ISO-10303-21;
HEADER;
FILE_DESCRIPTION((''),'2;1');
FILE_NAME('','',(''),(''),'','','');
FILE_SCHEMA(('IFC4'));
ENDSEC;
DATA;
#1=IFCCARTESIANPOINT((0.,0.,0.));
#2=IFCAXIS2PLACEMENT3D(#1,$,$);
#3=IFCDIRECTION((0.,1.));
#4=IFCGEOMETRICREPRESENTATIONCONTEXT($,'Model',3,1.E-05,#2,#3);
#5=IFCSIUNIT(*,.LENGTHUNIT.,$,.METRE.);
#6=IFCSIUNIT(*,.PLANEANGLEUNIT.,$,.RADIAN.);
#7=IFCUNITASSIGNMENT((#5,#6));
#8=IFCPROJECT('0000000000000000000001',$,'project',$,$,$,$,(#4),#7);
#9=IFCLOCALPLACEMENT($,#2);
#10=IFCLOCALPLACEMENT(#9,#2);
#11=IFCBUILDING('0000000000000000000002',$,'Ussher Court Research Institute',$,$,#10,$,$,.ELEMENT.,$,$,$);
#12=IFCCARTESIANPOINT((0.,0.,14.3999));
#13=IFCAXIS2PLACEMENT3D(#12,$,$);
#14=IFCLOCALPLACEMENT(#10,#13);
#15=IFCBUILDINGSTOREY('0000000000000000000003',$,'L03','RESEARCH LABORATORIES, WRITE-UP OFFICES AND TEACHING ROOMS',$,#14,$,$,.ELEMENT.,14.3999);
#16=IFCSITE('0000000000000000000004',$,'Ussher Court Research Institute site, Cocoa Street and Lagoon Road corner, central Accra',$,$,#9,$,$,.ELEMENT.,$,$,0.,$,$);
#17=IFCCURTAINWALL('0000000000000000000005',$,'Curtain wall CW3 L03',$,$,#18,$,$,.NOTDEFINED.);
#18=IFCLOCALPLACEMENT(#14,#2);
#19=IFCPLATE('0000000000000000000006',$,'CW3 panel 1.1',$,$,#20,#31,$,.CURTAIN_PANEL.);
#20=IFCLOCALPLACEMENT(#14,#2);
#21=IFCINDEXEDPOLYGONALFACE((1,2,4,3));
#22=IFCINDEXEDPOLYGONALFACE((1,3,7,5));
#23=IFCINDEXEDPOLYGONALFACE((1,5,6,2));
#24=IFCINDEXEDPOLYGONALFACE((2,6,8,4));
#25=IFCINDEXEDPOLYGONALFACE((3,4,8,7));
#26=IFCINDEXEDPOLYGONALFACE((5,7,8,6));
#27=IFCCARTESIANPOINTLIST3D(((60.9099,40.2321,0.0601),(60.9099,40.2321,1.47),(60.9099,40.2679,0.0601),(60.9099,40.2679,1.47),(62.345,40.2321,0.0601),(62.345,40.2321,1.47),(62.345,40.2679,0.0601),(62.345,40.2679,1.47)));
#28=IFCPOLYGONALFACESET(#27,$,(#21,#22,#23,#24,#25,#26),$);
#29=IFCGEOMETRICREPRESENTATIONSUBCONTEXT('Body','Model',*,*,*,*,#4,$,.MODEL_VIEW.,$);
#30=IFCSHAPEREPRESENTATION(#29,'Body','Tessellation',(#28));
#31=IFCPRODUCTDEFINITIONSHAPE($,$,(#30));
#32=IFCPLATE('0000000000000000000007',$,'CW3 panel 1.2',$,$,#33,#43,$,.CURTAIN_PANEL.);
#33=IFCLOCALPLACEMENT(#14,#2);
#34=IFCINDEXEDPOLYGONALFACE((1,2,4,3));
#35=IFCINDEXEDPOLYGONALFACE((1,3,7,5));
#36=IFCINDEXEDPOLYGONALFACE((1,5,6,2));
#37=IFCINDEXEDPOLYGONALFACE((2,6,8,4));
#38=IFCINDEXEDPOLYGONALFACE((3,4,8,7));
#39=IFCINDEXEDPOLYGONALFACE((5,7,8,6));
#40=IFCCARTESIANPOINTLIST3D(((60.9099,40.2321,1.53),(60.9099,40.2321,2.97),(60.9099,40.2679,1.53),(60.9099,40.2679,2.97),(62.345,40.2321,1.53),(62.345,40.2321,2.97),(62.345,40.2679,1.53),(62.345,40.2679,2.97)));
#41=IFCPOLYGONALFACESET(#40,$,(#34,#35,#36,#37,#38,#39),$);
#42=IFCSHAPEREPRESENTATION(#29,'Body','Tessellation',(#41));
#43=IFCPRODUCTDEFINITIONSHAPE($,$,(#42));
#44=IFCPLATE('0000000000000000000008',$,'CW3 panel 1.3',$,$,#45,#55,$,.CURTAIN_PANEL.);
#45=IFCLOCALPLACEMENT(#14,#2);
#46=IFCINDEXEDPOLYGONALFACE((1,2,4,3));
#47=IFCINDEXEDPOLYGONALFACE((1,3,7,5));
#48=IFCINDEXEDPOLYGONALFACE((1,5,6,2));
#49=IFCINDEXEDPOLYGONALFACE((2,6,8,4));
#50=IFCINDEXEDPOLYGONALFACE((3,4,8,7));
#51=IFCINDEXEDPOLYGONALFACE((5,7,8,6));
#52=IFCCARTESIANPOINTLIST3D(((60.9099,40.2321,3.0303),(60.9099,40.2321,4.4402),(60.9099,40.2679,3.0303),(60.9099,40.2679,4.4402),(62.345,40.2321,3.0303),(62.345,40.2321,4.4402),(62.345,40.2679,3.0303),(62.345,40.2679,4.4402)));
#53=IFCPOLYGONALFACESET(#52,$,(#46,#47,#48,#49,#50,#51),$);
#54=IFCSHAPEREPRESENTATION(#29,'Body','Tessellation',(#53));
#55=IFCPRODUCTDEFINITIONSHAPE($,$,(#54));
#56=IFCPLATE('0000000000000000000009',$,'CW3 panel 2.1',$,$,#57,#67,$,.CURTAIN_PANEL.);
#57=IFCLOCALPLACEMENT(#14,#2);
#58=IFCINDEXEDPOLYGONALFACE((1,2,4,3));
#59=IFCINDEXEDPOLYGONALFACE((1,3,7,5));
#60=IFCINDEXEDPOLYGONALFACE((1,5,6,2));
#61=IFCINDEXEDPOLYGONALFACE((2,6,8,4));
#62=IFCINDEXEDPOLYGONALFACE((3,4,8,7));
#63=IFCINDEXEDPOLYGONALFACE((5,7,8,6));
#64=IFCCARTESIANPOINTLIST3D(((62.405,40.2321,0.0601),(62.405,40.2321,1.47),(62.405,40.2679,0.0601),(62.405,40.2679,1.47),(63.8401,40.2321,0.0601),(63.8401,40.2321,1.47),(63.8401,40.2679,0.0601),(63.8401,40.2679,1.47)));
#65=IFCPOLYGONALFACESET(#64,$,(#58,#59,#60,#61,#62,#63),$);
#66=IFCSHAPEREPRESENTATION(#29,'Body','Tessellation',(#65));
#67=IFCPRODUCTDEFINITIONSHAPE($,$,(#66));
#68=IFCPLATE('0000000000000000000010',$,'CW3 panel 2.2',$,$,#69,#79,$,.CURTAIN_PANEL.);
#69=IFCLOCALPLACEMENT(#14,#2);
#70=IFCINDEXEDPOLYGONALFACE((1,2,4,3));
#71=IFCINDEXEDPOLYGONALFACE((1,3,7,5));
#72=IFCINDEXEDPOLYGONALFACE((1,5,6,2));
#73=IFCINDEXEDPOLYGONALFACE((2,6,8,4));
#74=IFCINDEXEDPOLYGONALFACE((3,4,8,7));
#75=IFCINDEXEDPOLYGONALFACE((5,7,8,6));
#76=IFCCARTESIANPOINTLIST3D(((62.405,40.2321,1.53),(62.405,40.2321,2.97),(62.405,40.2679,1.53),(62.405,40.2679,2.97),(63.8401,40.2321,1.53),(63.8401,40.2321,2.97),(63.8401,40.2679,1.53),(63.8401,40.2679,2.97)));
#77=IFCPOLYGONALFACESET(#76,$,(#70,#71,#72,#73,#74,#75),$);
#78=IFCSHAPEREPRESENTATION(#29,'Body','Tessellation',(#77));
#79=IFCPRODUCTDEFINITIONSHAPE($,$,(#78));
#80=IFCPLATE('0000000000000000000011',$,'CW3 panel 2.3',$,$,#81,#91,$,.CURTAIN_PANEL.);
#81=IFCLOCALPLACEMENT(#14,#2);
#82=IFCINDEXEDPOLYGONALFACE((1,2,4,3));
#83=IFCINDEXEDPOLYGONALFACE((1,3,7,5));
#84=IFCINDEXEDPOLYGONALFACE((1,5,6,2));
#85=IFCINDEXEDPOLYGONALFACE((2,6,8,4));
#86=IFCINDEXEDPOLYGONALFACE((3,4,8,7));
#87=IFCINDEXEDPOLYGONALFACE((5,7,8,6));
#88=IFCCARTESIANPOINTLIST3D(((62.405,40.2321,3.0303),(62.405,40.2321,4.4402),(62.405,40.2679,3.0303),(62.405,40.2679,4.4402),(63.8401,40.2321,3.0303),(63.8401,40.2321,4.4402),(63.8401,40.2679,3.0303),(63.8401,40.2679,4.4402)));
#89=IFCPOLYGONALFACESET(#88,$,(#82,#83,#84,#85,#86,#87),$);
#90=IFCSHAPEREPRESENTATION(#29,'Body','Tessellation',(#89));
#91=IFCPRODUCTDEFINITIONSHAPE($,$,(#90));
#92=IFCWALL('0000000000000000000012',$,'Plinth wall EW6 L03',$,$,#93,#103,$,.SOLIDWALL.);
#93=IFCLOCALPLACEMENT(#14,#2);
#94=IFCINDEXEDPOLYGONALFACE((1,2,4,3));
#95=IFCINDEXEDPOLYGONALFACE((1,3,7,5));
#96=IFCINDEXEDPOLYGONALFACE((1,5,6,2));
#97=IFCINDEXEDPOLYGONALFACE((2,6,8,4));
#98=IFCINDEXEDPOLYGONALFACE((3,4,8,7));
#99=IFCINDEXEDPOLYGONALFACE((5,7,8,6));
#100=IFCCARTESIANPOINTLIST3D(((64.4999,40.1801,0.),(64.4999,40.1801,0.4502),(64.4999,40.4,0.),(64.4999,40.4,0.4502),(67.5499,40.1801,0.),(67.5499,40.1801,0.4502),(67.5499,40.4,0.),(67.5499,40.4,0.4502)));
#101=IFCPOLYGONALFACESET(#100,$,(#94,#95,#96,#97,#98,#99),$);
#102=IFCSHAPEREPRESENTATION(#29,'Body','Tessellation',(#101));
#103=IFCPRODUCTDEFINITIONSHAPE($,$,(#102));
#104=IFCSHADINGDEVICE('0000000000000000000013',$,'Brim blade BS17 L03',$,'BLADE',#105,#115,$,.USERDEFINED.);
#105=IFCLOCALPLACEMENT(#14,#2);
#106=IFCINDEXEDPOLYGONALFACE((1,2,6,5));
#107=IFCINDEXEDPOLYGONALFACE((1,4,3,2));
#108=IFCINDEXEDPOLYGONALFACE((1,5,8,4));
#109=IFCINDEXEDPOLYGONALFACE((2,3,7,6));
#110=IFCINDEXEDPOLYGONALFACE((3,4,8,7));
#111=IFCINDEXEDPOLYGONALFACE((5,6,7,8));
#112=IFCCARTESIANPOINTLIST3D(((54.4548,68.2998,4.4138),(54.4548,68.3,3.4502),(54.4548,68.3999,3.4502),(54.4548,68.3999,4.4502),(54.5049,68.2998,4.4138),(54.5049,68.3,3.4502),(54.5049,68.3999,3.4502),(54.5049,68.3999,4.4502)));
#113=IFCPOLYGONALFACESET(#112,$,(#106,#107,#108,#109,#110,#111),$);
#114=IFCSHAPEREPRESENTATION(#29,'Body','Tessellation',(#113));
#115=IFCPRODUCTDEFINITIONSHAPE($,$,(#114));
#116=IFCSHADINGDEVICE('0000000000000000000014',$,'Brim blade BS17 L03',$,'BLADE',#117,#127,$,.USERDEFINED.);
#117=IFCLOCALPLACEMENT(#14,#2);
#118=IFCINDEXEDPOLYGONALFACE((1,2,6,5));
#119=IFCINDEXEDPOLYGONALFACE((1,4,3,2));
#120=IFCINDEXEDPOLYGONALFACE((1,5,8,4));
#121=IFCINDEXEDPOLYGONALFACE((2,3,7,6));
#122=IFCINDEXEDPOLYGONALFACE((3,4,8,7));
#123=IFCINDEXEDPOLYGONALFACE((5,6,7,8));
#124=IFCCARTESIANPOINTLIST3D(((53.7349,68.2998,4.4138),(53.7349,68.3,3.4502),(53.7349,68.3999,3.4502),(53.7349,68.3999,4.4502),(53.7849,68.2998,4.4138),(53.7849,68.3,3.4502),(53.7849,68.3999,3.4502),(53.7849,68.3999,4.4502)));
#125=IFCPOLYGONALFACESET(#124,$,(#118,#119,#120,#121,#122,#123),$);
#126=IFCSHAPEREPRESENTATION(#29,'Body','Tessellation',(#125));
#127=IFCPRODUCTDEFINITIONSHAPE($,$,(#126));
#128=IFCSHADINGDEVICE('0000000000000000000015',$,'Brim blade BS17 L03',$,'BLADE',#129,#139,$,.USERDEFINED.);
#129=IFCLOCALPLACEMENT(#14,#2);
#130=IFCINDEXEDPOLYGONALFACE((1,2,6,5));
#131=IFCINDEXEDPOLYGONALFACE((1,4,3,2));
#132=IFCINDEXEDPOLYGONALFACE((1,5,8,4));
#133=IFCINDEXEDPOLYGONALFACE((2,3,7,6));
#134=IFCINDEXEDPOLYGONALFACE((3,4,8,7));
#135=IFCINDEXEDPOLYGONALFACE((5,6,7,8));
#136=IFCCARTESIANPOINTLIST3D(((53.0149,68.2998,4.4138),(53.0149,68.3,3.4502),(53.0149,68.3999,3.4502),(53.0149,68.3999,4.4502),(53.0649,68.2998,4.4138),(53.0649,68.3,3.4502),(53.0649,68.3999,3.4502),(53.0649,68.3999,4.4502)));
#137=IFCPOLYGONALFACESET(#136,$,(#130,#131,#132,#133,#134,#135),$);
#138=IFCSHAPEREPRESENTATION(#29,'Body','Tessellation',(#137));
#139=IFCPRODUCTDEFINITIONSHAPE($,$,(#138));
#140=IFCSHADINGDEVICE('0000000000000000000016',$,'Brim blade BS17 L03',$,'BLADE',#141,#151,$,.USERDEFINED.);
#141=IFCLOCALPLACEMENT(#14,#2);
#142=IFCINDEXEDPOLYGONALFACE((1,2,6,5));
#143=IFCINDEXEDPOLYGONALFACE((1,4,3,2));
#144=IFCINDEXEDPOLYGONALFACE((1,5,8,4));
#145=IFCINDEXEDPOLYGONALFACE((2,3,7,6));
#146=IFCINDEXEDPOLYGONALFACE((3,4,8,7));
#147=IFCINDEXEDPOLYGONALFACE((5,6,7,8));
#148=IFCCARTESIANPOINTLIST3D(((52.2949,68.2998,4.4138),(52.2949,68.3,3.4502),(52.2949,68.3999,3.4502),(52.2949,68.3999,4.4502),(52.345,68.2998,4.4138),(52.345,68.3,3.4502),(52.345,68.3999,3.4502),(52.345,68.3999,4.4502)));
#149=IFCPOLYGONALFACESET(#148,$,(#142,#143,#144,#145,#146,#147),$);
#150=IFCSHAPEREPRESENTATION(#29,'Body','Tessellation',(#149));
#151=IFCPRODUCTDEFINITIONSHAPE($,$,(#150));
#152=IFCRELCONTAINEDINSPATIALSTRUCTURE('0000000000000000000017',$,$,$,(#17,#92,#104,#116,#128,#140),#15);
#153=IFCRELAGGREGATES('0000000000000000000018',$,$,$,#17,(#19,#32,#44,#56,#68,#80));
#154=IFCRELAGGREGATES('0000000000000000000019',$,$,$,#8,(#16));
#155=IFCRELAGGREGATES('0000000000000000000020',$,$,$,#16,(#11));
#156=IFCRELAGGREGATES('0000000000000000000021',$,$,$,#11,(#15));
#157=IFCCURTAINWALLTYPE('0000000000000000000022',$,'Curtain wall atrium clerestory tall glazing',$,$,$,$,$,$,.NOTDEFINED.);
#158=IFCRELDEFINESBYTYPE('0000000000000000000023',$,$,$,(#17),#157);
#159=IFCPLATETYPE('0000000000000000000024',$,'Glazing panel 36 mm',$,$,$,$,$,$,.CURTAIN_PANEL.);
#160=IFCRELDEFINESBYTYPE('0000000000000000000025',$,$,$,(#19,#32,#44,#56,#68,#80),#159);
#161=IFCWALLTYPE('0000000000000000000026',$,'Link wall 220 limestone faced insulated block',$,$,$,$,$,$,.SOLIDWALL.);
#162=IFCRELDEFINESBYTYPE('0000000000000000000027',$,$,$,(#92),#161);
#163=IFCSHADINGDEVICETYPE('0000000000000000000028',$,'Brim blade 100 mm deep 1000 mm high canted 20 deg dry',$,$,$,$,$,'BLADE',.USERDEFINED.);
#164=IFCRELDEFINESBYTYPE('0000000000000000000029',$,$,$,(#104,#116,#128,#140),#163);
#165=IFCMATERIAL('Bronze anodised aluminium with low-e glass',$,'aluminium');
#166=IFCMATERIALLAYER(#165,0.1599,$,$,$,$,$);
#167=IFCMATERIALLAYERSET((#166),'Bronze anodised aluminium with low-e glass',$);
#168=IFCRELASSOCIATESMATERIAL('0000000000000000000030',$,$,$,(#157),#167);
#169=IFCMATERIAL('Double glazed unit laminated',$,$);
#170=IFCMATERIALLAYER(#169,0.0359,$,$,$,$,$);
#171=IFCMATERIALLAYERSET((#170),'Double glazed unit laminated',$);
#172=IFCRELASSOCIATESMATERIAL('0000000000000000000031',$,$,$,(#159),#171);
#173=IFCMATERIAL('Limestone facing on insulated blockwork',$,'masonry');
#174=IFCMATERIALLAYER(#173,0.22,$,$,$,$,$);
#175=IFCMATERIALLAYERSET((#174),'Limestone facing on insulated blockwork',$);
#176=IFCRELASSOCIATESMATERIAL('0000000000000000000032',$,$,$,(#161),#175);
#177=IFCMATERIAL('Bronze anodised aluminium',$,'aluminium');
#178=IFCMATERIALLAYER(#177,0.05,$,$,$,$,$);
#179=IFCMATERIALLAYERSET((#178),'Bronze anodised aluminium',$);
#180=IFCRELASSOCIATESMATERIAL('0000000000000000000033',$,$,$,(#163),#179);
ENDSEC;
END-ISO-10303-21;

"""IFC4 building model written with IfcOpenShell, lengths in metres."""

from ifc_helpers import new_model, si_unit, direction, frame, frame_2d, origin, origin_2d, place, context, subcontext, project, spatial, polyline, rectangle, outline, extrude, material, layer, layer_set, type_object, element, aggregate, save


model = new_model("IFC4")

# Units and contexts
model_context = context("Model", 3, precision=1e-05, world=origin(), true_north=direction((0.0, 1.0)))
body_context = subcontext(model_context, "Body", "Model", "MODEL_VIEW")
ifc_project = project(units=[si_unit("LENGTHUNIT", "METRE"), si_unit("PLANEANGLEUNIT", "RADIAN")], contexts=[model_context])

# Site, building, storey
site_placement = place(None, origin())
site = spatial("IfcSite", under=ifc_project, at=site_placement, Name="Ussher Court Research Institute site, Cocoa Street and Lagoon Road corner, central Accra", CompositionType="ELEMENT", RefElevation=0.0)
building_placement = place(site_placement, origin())
building = spatial("IfcBuilding", under=site, at=building_placement, Name="Ussher Court Research Institute", CompositionType="ELEMENT")
storey_placement = place(building_placement, frame((0.0, 0.0, 14.3999)))
storey = spatial("IfcBuildingStorey", under=building, at=storey_placement, Name="L03", Description="RESEARCH LABORATORIES, WRITE-UP OFFICES AND TEACHING ROOMS", CompositionType="ELEMENT", Elevation=14.3999)

# Curtain wall
ifc_material_1 = material(Name="Bronze anodised aluminium with low-e glass", Category="aluminium")
ifc_layer_1 = layer(ifc_material_1, 0.1599)
ifc_layer_set_1 = layer_set([ifc_layer_1], Name="Bronze anodised aluminium with low-e glass")
curtain_wall_type_1 = type_object("IfcCurtainWallType", Name="Curtain wall atrium clerestory tall glazing", PredefinedType="NOTDEFINED", material=ifc_layer_set_1)
curtain_wall_1_placement = place(storey_placement, origin())
curtain_wall_1 = element("IfcCurtainWall", 1, at=curtain_wall_1_placement, inside=storey, type_object=curtain_wall_type_1, Name="Curtain wall CW3 L03", PredefinedType="NOTDEFINED")

# Plates
ifc_material_2 = material(Name="Double glazed unit laminated")
ifc_layer_2 = layer(ifc_material_2, 0.0359)
ifc_layer_set_2 = layer_set([ifc_layer_2], Name="Double glazed unit laminated")
plate_type = type_object("IfcPlateType", Name="Glazing panel 36 mm", PredefinedType="CURTAIN_PANEL", material=ifc_layer_set_2)
plate_1_placement = place(storey_placement, frame((61.6274, 40.25, 0.0601), z_axis=(0.0, 0.0, 1.0), x_axis=(1.0, 0.0, 0.0)))
plate_1 = element("IfcPlate", 2, at=plate_1_placement, type_object=plate_type, Name="CW3 panel 1.1", PredefinedType="CURTAIN_PANEL", context=body_context, shape_type="SweptSolid", body=[
    extrude(rectangle(XDim=1.4351, YDim=0.0359, at=origin_2d()), origin(), (0.0, 0.0, 1.0), 1.4099),
])
plate_2_placement = place(storey_placement, frame((61.6274, 40.25, 1.53), z_axis=(0.0, 0.0, 1.0), x_axis=(1.0, 0.0, 0.0)))
plate_2 = element("IfcPlate", 3, at=plate_2_placement, type_object=plate_type, Name="CW3 panel 1.2", PredefinedType="CURTAIN_PANEL", context=body_context, shape_type="SweptSolid", body=[
    extrude(rectangle(XDim=1.4351, YDim=0.0359, at=origin_2d()), origin(), (0.0, 0.0, 1.0), 1.4399),
])
plate_3_placement = place(storey_placement, frame((61.6274, 40.25, 3.0303), z_axis=(0.0, 0.0, 1.0), x_axis=(1.0, 0.0, 0.0)))
plate_3 = element("IfcPlate", 4, at=plate_3_placement, type_object=plate_type, Name="CW3 panel 1.3", PredefinedType="CURTAIN_PANEL", context=body_context, shape_type="SweptSolid", body=[
    extrude(rectangle(XDim=1.4351, YDim=0.0359, at=origin_2d()), origin(), (0.0, 0.0, 1.0), 1.4099),
])
plate_4_placement = place(storey_placement, frame((63.1226, 40.25, 0.0601), z_axis=(0.0, 0.0, 1.0), x_axis=(1.0, 0.0, 0.0)))
plate_4 = element("IfcPlate", 5, at=plate_4_placement, type_object=plate_type, Name="CW3 panel 2.1", PredefinedType="CURTAIN_PANEL", context=body_context, shape_type="SweptSolid", body=[
    extrude(rectangle(XDim=1.4351, YDim=0.0359, at=origin_2d()), origin(), (0.0, 0.0, 1.0), 1.4099),
])
plate_5_placement = place(storey_placement, frame((63.1226, 40.25, 1.53), z_axis=(0.0, 0.0, 1.0), x_axis=(1.0, 0.0, 0.0)))
plate_5 = element("IfcPlate", 6, at=plate_5_placement, type_object=plate_type, Name="CW3 panel 2.2", PredefinedType="CURTAIN_PANEL", context=body_context, shape_type="SweptSolid", body=[
    extrude(rectangle(XDim=1.4351, YDim=0.0359, at=origin_2d()), origin(), (0.0, 0.0, 1.0), 1.4399),
])
plate_6_placement = place(storey_placement, frame((63.1226, 40.25, 3.0303), z_axis=(0.0, 0.0, 1.0), x_axis=(1.0, 0.0, 0.0)))
plate_6 = element("IfcPlate", 7, at=plate_6_placement, type_object=plate_type, Name="CW3 panel 2.3", PredefinedType="CURTAIN_PANEL", context=body_context, shape_type="SweptSolid", body=[
    extrude(rectangle(XDim=1.4351, YDim=0.0359, at=origin_2d()), origin(), (0.0, 0.0, 1.0), 1.4099),
])
aggregate(curtain_wall_1, [plate_1, plate_2, plate_3, plate_4, plate_5, plate_6])

# Wall
ifc_material_3 = material(Name="Limestone facing on insulated blockwork", Category="masonry")
ifc_layer_3 = layer(ifc_material_3, 0.22)
ifc_layer_set_3 = layer_set([ifc_layer_3], Name="Limestone facing on insulated blockwork")
wall_type = type_object("IfcWallType", Name="Link wall 220 limestone faced insulated block", PredefinedType="SOLIDWALL", material=ifc_layer_set_3)
wall_placement = place(storey_placement, frame((64.5, 40.29, 0.0), z_axis=(0.0, 0.0, 1.0), x_axis=(1.0, 0.0, 0.0)))
element("IfcWall", 8, at=wall_placement, inside=storey, type_object=wall_type, Name="Plinth wall EW6 L03", PredefinedType="SOLIDWALL", context=body_context, shape_type="SweptSolid", body=[
    extrude(rectangle(XDim=3.05, YDim=0.22, at=frame_2d((1.5249, 0.0))), origin(), (0.0, 0.0, 1.0), 0.4502),
])

# Shading devices
ifc_material_4 = material(Name="Bronze anodised aluminium", Category="aluminium")
ifc_layer_4 = layer(ifc_material_4, 0.05)
ifc_layer_set_4 = layer_set([ifc_layer_4], Name="Bronze anodised aluminium")
shading_device_type_1 = type_object("IfcShadingDeviceType", Name="Brim blade 100 mm deep 1000 mm high canted 20 deg dry", ElementType="BLADE", PredefinedType="USERDEFINED", material=ifc_layer_set_4)
for number, where, z_axis, x_axis, name in (
    (9, (54.48, 68.3999, 3.4502), (0.0, 0.0, 1.0), (0.0, -1.0, 0.0), "Brim blade BS17 L03"),
    (10, (53.76, 68.3999, 3.4502), (0.0, 0.0, 1.0), (0.0, -1.0, 0.0), "Brim blade BS17 L03"),
    (11, (53.04, 68.3999, 3.4502), (0.0, 0.0, 1.0), (0.0, -1.0, 0.0), "Brim blade BS17 L03"),
    (12, (52.3201, 68.3999, 3.4502), (0.0, 0.0, 1.0), (0.0, -1.0, 0.0), "Brim blade BS17 L03"),
):
    element("IfcShadingDevice", number, at=place(storey_placement, frame(where, z_axis=z_axis, x_axis=x_axis)), inside=storey, type_object=shading_device_type_1, Name=name, ObjectType="BLADE", PredefinedType="USERDEFINED", context=body_context, shape_type="SweptSolid", body=[
        extrude(outline(polyline([(0.0, 0.0), (0.0999, 0.0), (0.1001, 0.9636), (0.0, 1.0), (0.0, 0.0)])), frame((0.0, 0.0249, 0.0), z_axis=(0.0, -1.0, 0.0), x_axis=(1.0, 0.0, 0.0)), (0.0, 0.0, 1.0), 0.05),
    ])

save(model, "model.ifc")
